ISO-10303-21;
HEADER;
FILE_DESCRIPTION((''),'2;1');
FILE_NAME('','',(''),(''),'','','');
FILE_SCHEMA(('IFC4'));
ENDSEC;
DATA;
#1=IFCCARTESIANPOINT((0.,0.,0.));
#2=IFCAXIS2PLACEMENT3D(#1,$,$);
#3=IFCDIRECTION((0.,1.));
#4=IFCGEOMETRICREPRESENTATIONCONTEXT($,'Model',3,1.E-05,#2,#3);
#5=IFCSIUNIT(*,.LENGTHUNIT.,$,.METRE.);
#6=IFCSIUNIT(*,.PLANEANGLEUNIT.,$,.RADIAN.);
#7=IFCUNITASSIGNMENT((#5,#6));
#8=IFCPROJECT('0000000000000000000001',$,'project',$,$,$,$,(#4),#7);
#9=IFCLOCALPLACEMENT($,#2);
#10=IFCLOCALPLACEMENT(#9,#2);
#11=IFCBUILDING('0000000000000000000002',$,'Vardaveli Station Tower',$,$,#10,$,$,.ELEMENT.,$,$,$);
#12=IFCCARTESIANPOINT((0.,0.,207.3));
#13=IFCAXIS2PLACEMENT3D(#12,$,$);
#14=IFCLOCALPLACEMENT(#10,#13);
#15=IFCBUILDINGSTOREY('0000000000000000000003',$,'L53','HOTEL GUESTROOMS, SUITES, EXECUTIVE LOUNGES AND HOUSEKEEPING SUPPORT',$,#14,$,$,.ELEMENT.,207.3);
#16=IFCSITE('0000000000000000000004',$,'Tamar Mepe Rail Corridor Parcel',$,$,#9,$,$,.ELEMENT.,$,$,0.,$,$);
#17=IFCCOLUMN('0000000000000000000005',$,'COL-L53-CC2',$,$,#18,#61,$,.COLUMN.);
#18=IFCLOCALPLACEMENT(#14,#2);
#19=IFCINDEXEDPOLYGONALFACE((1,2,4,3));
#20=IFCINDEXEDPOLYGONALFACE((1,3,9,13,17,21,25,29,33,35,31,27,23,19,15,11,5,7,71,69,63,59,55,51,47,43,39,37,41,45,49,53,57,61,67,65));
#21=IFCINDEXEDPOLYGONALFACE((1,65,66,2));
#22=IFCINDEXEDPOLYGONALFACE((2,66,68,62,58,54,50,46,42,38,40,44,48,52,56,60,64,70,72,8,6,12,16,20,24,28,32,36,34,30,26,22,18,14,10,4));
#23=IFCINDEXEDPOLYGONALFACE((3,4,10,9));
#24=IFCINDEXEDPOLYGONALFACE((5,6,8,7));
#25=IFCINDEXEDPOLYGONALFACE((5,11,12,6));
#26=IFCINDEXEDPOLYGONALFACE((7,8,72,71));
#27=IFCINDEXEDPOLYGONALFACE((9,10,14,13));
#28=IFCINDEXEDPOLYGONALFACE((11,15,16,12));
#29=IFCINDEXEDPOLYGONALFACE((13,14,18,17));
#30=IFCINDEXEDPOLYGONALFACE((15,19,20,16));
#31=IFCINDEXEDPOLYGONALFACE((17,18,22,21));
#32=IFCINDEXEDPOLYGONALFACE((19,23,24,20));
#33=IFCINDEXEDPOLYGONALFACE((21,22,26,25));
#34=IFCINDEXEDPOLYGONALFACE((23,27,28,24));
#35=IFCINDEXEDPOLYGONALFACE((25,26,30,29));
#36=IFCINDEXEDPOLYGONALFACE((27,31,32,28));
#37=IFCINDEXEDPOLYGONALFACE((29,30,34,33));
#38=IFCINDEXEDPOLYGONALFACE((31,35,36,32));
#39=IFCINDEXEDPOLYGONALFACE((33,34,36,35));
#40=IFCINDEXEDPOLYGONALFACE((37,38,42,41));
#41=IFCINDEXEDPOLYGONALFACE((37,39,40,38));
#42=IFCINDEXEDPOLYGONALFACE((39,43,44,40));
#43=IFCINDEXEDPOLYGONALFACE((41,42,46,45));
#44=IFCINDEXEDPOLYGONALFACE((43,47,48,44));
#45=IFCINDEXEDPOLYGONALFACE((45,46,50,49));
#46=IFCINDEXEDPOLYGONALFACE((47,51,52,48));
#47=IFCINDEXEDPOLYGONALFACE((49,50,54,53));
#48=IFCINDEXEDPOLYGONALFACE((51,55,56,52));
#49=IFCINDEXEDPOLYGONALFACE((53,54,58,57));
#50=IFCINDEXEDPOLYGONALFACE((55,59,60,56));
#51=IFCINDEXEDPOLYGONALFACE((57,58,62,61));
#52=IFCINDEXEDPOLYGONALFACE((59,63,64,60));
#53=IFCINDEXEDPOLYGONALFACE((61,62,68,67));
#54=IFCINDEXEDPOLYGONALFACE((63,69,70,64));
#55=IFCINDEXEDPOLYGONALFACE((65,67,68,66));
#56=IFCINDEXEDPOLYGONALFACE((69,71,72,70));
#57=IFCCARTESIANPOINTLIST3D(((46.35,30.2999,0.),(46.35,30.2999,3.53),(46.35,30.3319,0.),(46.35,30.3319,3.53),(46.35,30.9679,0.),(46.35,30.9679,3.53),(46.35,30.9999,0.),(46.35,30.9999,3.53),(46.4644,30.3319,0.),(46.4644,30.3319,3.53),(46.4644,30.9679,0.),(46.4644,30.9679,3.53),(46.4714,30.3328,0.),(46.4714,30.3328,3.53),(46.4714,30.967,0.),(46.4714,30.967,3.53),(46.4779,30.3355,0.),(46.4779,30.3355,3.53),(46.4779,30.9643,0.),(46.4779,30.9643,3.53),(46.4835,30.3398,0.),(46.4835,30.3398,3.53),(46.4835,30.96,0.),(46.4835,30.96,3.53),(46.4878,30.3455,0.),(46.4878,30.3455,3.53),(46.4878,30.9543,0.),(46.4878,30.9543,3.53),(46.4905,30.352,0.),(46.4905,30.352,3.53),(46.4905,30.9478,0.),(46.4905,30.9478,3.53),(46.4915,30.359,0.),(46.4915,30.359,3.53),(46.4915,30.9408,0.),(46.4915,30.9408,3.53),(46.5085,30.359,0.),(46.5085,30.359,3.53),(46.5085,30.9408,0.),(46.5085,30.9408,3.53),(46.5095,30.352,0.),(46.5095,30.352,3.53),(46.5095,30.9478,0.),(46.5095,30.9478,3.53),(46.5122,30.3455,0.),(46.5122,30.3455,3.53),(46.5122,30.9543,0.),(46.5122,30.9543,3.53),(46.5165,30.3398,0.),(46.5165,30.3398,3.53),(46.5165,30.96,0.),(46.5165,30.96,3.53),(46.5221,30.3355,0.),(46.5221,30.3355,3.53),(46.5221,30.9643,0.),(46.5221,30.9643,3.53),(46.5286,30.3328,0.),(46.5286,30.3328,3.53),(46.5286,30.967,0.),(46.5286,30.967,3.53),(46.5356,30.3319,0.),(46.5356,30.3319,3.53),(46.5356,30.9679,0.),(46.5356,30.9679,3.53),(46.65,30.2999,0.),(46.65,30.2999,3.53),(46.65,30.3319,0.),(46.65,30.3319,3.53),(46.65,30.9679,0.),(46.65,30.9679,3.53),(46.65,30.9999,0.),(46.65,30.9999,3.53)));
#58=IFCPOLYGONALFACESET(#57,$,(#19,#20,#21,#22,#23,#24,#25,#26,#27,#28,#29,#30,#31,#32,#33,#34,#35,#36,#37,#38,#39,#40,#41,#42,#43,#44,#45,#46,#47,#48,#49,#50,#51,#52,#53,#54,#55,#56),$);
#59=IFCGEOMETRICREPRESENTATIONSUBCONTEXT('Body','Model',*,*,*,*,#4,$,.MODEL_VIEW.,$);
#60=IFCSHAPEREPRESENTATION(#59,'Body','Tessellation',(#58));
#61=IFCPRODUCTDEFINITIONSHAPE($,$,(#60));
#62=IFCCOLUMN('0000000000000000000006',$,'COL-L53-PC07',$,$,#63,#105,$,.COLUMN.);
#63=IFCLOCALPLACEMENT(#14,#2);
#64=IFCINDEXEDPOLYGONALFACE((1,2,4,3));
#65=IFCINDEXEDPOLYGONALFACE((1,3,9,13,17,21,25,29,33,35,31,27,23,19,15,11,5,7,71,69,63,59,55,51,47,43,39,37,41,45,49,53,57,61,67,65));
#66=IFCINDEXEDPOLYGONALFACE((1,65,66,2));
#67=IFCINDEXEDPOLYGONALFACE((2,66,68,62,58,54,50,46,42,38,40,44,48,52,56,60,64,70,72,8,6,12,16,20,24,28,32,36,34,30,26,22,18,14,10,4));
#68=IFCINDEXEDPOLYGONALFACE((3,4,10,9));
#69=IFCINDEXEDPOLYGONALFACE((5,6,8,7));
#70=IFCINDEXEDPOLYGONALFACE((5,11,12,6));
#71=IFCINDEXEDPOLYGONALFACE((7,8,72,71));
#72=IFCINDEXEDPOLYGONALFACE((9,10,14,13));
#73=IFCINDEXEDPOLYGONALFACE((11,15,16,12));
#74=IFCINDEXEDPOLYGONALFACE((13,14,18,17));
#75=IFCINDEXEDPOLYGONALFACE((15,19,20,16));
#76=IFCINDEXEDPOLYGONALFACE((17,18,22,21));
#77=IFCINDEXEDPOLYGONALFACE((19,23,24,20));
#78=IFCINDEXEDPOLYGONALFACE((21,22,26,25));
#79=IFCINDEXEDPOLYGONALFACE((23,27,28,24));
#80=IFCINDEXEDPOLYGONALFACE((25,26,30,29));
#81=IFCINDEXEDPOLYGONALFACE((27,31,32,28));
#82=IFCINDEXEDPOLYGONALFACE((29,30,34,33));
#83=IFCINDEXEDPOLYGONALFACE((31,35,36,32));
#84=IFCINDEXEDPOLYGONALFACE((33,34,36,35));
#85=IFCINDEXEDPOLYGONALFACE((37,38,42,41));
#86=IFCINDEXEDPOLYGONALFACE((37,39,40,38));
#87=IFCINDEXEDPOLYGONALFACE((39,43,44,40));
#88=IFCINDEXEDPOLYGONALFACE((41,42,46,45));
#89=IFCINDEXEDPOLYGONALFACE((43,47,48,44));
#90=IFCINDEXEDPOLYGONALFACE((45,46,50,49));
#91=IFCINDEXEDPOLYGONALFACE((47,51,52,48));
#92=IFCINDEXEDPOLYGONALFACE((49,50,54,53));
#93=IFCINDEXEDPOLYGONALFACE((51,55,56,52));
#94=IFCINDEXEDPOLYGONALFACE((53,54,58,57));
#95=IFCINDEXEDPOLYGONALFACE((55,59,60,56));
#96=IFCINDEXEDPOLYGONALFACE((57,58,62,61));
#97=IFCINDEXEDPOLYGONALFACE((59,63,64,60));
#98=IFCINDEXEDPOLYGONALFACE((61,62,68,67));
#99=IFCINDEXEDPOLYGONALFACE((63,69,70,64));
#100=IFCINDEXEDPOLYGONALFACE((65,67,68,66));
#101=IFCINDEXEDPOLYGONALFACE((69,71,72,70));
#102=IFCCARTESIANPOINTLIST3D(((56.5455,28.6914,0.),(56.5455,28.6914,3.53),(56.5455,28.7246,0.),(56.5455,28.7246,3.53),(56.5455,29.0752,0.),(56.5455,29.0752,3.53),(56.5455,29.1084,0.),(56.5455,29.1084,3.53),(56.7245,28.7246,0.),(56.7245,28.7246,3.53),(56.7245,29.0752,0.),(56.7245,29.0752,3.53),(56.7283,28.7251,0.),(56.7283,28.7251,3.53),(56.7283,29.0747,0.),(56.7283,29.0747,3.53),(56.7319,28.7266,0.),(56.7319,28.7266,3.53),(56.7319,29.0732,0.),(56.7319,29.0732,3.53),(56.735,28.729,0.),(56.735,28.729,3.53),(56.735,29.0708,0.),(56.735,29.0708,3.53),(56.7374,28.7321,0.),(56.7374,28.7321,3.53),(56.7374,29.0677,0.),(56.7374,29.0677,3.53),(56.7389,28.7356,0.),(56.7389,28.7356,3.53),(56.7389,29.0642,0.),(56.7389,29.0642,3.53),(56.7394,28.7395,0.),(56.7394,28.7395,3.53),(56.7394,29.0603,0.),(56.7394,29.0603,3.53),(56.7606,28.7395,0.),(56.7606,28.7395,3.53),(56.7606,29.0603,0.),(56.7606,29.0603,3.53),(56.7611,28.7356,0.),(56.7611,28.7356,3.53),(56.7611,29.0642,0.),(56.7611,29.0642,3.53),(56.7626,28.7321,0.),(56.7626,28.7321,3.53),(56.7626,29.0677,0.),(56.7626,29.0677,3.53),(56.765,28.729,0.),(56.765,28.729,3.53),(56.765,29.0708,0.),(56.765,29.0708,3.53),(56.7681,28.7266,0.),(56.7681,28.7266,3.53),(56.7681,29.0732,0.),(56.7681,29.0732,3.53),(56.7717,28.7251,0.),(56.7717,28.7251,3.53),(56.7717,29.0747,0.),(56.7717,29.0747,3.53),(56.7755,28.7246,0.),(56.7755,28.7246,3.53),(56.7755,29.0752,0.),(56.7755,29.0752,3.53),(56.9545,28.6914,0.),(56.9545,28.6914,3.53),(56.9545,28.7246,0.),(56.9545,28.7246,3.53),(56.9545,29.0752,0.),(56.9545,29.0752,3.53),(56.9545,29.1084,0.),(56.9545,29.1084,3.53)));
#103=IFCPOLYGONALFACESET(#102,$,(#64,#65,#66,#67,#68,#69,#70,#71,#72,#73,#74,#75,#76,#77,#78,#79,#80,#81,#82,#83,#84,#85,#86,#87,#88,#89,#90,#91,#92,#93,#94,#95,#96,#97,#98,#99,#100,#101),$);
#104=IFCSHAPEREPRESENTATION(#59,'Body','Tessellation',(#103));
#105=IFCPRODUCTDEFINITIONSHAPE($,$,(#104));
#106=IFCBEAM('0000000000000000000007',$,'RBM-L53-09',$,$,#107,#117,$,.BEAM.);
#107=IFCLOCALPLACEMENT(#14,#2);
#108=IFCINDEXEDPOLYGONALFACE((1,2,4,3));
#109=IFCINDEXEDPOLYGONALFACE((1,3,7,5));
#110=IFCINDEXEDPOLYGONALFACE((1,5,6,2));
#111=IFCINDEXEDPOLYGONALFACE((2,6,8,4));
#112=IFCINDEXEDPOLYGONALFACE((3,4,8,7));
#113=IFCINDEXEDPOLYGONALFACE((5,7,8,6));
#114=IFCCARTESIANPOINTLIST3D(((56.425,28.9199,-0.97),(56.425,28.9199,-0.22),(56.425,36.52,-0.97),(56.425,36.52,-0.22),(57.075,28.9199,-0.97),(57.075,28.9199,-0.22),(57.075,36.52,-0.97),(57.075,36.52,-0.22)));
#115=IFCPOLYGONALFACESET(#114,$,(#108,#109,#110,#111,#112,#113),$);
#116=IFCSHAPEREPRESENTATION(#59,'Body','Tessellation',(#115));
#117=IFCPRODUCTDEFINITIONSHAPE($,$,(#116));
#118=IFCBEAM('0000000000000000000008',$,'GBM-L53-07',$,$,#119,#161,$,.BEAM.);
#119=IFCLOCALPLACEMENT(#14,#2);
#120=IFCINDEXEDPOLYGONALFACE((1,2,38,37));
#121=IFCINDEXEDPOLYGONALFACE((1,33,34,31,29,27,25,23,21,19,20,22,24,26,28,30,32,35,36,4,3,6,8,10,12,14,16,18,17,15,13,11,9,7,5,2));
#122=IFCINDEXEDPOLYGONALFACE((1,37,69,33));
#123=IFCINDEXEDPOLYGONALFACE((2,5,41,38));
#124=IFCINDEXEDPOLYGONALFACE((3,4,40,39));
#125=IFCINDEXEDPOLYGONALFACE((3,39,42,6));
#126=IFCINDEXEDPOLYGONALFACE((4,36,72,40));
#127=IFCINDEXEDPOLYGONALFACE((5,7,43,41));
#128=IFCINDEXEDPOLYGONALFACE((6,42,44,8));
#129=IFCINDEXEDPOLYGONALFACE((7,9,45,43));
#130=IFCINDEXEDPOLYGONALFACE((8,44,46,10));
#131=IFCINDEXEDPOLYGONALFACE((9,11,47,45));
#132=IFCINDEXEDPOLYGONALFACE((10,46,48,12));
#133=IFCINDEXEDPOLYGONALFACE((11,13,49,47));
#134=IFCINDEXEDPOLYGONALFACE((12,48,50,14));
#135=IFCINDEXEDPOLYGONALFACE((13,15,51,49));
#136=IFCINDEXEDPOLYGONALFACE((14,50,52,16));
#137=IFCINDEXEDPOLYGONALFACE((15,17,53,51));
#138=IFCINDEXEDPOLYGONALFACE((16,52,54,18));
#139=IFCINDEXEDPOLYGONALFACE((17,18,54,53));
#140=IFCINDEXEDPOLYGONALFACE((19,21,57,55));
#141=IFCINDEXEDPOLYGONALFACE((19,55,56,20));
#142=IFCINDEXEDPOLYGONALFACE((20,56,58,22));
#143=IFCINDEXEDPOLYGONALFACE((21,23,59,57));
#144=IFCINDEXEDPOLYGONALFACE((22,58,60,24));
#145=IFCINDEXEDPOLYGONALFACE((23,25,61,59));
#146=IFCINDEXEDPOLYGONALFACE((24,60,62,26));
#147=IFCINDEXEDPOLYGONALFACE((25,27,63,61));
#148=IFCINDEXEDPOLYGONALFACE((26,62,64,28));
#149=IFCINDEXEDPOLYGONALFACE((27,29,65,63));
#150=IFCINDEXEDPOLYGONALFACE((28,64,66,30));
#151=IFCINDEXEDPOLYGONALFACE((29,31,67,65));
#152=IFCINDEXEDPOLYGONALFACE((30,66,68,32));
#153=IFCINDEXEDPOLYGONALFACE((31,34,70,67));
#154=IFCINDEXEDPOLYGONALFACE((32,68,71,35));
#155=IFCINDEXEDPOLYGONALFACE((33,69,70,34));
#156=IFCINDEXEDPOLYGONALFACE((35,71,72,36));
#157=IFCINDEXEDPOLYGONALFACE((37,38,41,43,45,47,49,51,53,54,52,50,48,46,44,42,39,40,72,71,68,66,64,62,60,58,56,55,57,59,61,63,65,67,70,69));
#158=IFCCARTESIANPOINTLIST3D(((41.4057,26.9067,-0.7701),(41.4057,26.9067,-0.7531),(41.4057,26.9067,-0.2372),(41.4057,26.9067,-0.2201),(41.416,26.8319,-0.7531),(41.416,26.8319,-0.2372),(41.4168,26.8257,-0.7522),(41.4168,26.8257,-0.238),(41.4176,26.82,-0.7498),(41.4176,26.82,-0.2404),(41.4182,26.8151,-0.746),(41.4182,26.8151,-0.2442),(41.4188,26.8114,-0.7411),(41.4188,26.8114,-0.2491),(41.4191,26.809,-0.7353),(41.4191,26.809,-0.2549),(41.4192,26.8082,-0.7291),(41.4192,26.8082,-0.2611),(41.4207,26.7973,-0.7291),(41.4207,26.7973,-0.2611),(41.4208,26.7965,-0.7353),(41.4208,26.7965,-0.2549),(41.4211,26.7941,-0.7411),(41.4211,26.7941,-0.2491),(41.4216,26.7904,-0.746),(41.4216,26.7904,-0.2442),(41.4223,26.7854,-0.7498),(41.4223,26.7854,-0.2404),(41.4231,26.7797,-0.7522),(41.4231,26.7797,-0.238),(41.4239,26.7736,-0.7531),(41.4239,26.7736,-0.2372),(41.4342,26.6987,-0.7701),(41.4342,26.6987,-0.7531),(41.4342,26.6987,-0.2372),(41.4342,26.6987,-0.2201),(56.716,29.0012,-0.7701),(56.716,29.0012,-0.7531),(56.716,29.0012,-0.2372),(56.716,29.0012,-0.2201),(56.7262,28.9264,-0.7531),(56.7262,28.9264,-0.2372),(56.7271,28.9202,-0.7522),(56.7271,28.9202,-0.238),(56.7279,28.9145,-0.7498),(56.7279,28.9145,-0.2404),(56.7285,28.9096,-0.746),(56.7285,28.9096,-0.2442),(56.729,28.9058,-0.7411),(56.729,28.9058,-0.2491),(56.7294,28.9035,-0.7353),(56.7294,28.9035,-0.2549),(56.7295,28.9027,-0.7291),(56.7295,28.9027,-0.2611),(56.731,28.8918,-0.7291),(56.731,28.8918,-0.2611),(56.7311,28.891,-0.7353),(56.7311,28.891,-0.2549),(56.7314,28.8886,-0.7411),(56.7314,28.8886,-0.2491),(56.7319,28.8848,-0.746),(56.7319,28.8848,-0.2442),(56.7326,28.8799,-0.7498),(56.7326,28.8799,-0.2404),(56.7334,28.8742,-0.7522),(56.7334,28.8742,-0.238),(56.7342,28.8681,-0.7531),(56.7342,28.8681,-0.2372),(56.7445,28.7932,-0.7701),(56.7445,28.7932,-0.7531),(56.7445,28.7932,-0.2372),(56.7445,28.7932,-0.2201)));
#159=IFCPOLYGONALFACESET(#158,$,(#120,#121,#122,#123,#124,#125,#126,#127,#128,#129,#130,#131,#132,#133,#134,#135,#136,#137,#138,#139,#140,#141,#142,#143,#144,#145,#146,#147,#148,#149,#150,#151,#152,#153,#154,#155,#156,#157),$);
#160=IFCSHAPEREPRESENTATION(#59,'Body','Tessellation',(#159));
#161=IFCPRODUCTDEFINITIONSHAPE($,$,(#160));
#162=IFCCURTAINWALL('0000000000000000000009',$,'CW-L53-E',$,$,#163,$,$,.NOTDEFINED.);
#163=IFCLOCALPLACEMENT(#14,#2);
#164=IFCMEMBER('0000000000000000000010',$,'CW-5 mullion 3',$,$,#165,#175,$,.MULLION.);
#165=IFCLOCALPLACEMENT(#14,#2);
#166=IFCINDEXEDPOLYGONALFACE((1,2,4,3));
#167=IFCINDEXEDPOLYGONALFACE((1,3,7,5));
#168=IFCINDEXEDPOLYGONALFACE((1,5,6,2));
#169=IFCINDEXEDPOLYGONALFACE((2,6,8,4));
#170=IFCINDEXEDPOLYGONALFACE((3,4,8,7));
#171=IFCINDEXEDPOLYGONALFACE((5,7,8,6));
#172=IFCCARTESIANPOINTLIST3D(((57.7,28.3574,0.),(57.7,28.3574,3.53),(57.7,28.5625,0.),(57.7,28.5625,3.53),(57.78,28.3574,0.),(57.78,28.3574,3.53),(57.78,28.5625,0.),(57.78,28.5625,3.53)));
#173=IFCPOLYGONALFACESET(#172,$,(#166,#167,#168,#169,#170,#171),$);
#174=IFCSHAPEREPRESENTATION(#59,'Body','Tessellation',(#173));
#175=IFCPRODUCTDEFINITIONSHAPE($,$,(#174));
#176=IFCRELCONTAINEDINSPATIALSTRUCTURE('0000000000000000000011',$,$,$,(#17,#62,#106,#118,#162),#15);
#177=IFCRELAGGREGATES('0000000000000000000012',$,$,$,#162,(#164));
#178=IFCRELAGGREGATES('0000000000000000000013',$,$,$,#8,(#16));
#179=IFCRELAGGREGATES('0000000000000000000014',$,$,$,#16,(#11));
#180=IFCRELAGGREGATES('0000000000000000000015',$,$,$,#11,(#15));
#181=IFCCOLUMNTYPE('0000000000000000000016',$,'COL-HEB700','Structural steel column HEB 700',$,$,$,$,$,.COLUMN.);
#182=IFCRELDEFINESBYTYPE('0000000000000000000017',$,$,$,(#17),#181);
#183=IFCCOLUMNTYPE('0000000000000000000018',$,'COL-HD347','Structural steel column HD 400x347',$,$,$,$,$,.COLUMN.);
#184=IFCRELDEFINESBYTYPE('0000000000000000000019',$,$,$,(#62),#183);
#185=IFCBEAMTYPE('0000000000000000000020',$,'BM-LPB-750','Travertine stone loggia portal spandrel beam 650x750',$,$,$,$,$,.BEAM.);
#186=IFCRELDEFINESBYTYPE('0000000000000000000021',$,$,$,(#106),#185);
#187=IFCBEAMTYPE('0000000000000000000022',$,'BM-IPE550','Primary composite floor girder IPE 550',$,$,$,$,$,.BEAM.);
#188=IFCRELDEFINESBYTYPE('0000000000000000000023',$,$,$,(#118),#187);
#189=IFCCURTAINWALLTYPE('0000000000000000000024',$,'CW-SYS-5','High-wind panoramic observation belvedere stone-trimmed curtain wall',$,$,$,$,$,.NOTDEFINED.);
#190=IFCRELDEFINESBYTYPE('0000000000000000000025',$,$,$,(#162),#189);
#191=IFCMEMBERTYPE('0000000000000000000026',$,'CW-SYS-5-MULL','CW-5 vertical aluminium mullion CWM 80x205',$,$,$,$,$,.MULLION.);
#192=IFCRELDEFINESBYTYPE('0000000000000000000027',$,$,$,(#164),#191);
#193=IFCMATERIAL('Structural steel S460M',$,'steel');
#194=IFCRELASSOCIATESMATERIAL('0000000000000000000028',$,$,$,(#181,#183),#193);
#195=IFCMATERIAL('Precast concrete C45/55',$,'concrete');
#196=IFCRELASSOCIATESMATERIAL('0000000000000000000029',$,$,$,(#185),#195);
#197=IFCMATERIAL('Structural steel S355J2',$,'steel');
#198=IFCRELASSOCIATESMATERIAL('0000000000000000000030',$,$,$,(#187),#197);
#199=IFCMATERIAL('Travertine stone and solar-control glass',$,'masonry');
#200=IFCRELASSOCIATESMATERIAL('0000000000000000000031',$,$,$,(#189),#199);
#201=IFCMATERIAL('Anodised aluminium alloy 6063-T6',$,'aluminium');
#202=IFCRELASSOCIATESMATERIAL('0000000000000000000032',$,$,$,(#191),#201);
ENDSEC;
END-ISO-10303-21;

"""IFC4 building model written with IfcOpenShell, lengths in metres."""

from ifc_helpers import new_model, si_unit, direction, frame, origin, origin_2d, place, context, subcontext, project, spatial, rectangle, i_section, extrude, source, transform, mapped, material, material_profile, profile_set, type_object, element, aggregate, save


model = new_model("IFC4")

# Units and contexts
model_context = context("Model", 3, precision=1e-05, world=origin(), true_north=direction((0.0, 1.0)))
body_context = subcontext(model_context, "Body", "Model", "MODEL_VIEW")
ifc_project = project(units=[si_unit("LENGTHUNIT", "METRE"), si_unit("PLANEANGLEUNIT", "RADIAN")], contexts=[model_context])

# Site, building, storey
site_placement = place(None, origin())
site = spatial("IfcSite", under=ifc_project, at=site_placement, Name="Tamar Mepe Rail Corridor Parcel", CompositionType="ELEMENT", RefElevation=0.0)
building_placement = place(site_placement, origin())
building = spatial("IfcBuilding", under=site, at=building_placement, Name="Vardaveli Station Tower", CompositionType="ELEMENT")
storey_placement = place(building_placement, frame((0.0, 0.0, 207.3)))
storey = spatial("IfcBuildingStorey", under=building, at=storey_placement, Name="L53", Description="HOTEL GUESTROOMS, SUITES, EXECUTIVE LOUNGES AND HOUSEKEEPING SUPPORT", CompositionType="ELEMENT", Elevation=207.3)

# Columns
ifc_material_1 = material(Name="Structural steel S460M", Category="steel")
ifc_material_profile_1 = material_profile(ifc_material_1, i_section(OverallWidth=0.3, OverallDepth=0.7, WebThickness=0.0171, FlangeThickness=0.032, FilletRadius=0.0271, at=origin_2d()), Name="HEB 700")
ifc_profile_set_1 = profile_set([ifc_material_profile_1], Name="Structural steel S460M")
column_type_1 = type_object("IfcColumnType", Name="COL-HEB700", Description="Structural steel column HEB 700", PredefinedType="COLUMN", material=ifc_profile_set_1)
shared_shape_1 = source(origin(), body_context, "Body", "SweptSolid", [
    extrude(i_section(OverallWidth=0.3, OverallDepth=0.7, WebThickness=0.0171, FlangeThickness=0.032, FilletRadius=0.0271, at=origin_2d()), origin(), (0.0, 0.0, 1.0), 3.53),
])
column_1_placement = place(storey_placement, frame((46.5, 30.6499, 0.0), z_axis=(0.0, 0.0, 1.0), x_axis=(1.0, 0.0, 0.0)))
element("IfcColumn", 1, at=column_1_placement, inside=storey, type_object=column_type_1, Name="COL-L53-CC2", PredefinedType="COLUMN", context=body_context, shape_type="MappedRepresentation", body=[
    mapped(shared_shape_1, transform((0.0, 0.0, 0.0), scale=1.0)),
])
ifc_material_profile_2 = material_profile(ifc_material_1, i_section(OverallWidth=0.4089, OverallDepth=0.417, WebThickness=0.0212, FlangeThickness=0.0332, FilletRadius=0.0149, at=origin_2d()), Name="HD 400x347")
ifc_profile_set_2 = profile_set([ifc_material_profile_2], Name="Structural steel S460M")
column_type_2 = type_object("IfcColumnType", Name="COL-HD347", Description="Structural steel column HD 400x347", PredefinedType="COLUMN", material=ifc_profile_set_2)
shared_shape_2 = source(origin(), body_context, "Body", "SweptSolid", [
    extrude(i_section(OverallWidth=0.4089, OverallDepth=0.417, WebThickness=0.0212, FlangeThickness=0.0332, FilletRadius=0.0149, at=origin_2d()), origin(), (0.0, 0.0, 1.0), 3.53),
])
column_2_placement = place(storey_placement, frame((56.75, 28.8999, 0.0), z_axis=(0.0, 0.0, 1.0), x_axis=(1.0, 0.0, 0.0)))
element("IfcColumn", 2, at=column_2_placement, inside=storey, type_object=column_type_2, Name="COL-L53-PC07", PredefinedType="COLUMN", context=body_context, shape_type="MappedRepresentation", body=[
    mapped(shared_shape_2, transform((0.0, 0.0, 0.0), scale=1.0)),
])

# Beams
ifc_material_2 = material(Name="Precast concrete C45/55", Category="concrete")
ifc_material_profile_3 = material_profile(ifc_material_2, rectangle(XDim=0.6499, YDim=0.75, at=origin_2d()), Name="LPB 650x750")
ifc_profile_set_3 = profile_set([ifc_material_profile_3], Name="Precast concrete C45/55")
beam_type_1 = type_object("IfcBeamType", Name="BM-LPB-750", Description="Travertine stone loggia portal spandrel beam 650x750", PredefinedType="BEAM", material=ifc_profile_set_3)
shared_shape_3 = source(origin(), body_context, "Body", "SweptSolid", [
    extrude(rectangle(XDim=0.6499, YDim=0.75, at=origin_2d()), origin(), (0.0, 0.0, 1.0), 7.6001),
])
beam_1_placement = place(storey_placement, frame((56.75, 28.9199, -0.595), z_axis=(0.0, 1.0, 0.0), x_axis=(-1.0, 0.0, 0.0)))
element("IfcBeam", 3, at=beam_1_placement, inside=storey, type_object=beam_type_1, Name="RBM-L53-09", PredefinedType="BEAM", context=body_context, shape_type="MappedRepresentation", body=[
    mapped(shared_shape_3, transform((0.0, 0.0, 0.0), scale=1.0)),
])
ifc_material_3 = material(Name="Structural steel S355J2", Category="steel")
ifc_material_profile_4 = material_profile(ifc_material_3, i_section(OverallWidth=0.21, OverallDepth=0.55, WebThickness=0.011, FlangeThickness=0.0171, FilletRadius=0.0239, at=origin_2d()), Name="IPE 550")
ifc_profile_set_4 = profile_set([ifc_material_profile_4], Name="Structural steel S355J2")
beam_type_2 = type_object("IfcBeamType", Name="BM-IPE550", Description="Primary composite floor girder IPE 550", PredefinedType="BEAM", material=ifc_profile_set_4)
shared_shape_4 = source(origin(), body_context, "Body", "SweptSolid", [
    extrude(i_section(OverallWidth=0.21, OverallDepth=0.55, WebThickness=0.011, FlangeThickness=0.0171, FilletRadius=0.0239, at=origin_2d()), origin(), (0.0, 0.0, 1.0), 15.4529),
])
beam_2_placement = place(storey_placement, frame((56.7302, 28.8972, -0.4951), z_axis=(-0.990772, -0.13554, 0.0), x_axis=(0.13554, -0.990772, 0.0)))
element("IfcBeam", 4, at=beam_2_placement, inside=storey, type_object=beam_type_2, Name="GBM-L53-07", PredefinedType="BEAM", context=body_context, shape_type="MappedRepresentation", body=[
    mapped(shared_shape_4, transform((0.0, 0.0, 0.0), scale=1.0)),
])

# Curtain wall, member
ifc_material_4 = material(Name="Travertine stone and solar-control glass", Category="masonry")
curtain_wall_type = type_object("IfcCurtainWallType", Name="CW-SYS-5", Description="High-wind panoramic observation belvedere stone-trimmed curtain wall", PredefinedType="NOTDEFINED", material=ifc_material_4)
curtain_wall_placement = place(storey_placement, origin())
curtain_wall = element("IfcCurtainWall", 5, at=curtain_wall_placement, inside=storey, type_object=curtain_wall_type, Name="CW-L53-E", PredefinedType="NOTDEFINED")
ifc_material_5 = material(Name="Anodised aluminium alloy 6063-T6", Category="aluminium")
ifc_material_profile_5 = material_profile(ifc_material_5, rectangle(XDim=0.0801, YDim=0.2051, at=origin_2d()), Name="CWM 80x205")
ifc_profile_set_5 = profile_set([ifc_material_profile_5], Name="Anodised aluminium alloy 6063-T6")
member_type = type_object("IfcMemberType", Name="CW-SYS-5-MULL", Description="CW-5 vertical aluminium mullion CWM 80x205", PredefinedType="MULLION", material=ifc_profile_set_5)
shared_shape_5 = source(origin(), body_context, "Body", "SweptSolid", [
    extrude(rectangle(XDim=0.0801, YDim=0.2051, at=origin_2d()), origin(), (0.0, 0.0, 1.0), 3.53),
])
member_placement = place(storey_placement, frame((57.74, 28.46, 0.0), z_axis=(0.0, 0.0, 1.0), x_axis=(-1.0, 0.0, 0.0)))
member = element("IfcMember", 6, at=member_placement, type_object=member_type, Name="CW-5 mullion 3", PredefinedType="MULLION", context=body_context, shape_type="MappedRepresentation", body=[
    mapped(shared_shape_5, transform((0.0, 0.0, 0.0), scale=1.0)),
])
aggregate(curtain_wall, [member])

save(model, "model.ifc")
